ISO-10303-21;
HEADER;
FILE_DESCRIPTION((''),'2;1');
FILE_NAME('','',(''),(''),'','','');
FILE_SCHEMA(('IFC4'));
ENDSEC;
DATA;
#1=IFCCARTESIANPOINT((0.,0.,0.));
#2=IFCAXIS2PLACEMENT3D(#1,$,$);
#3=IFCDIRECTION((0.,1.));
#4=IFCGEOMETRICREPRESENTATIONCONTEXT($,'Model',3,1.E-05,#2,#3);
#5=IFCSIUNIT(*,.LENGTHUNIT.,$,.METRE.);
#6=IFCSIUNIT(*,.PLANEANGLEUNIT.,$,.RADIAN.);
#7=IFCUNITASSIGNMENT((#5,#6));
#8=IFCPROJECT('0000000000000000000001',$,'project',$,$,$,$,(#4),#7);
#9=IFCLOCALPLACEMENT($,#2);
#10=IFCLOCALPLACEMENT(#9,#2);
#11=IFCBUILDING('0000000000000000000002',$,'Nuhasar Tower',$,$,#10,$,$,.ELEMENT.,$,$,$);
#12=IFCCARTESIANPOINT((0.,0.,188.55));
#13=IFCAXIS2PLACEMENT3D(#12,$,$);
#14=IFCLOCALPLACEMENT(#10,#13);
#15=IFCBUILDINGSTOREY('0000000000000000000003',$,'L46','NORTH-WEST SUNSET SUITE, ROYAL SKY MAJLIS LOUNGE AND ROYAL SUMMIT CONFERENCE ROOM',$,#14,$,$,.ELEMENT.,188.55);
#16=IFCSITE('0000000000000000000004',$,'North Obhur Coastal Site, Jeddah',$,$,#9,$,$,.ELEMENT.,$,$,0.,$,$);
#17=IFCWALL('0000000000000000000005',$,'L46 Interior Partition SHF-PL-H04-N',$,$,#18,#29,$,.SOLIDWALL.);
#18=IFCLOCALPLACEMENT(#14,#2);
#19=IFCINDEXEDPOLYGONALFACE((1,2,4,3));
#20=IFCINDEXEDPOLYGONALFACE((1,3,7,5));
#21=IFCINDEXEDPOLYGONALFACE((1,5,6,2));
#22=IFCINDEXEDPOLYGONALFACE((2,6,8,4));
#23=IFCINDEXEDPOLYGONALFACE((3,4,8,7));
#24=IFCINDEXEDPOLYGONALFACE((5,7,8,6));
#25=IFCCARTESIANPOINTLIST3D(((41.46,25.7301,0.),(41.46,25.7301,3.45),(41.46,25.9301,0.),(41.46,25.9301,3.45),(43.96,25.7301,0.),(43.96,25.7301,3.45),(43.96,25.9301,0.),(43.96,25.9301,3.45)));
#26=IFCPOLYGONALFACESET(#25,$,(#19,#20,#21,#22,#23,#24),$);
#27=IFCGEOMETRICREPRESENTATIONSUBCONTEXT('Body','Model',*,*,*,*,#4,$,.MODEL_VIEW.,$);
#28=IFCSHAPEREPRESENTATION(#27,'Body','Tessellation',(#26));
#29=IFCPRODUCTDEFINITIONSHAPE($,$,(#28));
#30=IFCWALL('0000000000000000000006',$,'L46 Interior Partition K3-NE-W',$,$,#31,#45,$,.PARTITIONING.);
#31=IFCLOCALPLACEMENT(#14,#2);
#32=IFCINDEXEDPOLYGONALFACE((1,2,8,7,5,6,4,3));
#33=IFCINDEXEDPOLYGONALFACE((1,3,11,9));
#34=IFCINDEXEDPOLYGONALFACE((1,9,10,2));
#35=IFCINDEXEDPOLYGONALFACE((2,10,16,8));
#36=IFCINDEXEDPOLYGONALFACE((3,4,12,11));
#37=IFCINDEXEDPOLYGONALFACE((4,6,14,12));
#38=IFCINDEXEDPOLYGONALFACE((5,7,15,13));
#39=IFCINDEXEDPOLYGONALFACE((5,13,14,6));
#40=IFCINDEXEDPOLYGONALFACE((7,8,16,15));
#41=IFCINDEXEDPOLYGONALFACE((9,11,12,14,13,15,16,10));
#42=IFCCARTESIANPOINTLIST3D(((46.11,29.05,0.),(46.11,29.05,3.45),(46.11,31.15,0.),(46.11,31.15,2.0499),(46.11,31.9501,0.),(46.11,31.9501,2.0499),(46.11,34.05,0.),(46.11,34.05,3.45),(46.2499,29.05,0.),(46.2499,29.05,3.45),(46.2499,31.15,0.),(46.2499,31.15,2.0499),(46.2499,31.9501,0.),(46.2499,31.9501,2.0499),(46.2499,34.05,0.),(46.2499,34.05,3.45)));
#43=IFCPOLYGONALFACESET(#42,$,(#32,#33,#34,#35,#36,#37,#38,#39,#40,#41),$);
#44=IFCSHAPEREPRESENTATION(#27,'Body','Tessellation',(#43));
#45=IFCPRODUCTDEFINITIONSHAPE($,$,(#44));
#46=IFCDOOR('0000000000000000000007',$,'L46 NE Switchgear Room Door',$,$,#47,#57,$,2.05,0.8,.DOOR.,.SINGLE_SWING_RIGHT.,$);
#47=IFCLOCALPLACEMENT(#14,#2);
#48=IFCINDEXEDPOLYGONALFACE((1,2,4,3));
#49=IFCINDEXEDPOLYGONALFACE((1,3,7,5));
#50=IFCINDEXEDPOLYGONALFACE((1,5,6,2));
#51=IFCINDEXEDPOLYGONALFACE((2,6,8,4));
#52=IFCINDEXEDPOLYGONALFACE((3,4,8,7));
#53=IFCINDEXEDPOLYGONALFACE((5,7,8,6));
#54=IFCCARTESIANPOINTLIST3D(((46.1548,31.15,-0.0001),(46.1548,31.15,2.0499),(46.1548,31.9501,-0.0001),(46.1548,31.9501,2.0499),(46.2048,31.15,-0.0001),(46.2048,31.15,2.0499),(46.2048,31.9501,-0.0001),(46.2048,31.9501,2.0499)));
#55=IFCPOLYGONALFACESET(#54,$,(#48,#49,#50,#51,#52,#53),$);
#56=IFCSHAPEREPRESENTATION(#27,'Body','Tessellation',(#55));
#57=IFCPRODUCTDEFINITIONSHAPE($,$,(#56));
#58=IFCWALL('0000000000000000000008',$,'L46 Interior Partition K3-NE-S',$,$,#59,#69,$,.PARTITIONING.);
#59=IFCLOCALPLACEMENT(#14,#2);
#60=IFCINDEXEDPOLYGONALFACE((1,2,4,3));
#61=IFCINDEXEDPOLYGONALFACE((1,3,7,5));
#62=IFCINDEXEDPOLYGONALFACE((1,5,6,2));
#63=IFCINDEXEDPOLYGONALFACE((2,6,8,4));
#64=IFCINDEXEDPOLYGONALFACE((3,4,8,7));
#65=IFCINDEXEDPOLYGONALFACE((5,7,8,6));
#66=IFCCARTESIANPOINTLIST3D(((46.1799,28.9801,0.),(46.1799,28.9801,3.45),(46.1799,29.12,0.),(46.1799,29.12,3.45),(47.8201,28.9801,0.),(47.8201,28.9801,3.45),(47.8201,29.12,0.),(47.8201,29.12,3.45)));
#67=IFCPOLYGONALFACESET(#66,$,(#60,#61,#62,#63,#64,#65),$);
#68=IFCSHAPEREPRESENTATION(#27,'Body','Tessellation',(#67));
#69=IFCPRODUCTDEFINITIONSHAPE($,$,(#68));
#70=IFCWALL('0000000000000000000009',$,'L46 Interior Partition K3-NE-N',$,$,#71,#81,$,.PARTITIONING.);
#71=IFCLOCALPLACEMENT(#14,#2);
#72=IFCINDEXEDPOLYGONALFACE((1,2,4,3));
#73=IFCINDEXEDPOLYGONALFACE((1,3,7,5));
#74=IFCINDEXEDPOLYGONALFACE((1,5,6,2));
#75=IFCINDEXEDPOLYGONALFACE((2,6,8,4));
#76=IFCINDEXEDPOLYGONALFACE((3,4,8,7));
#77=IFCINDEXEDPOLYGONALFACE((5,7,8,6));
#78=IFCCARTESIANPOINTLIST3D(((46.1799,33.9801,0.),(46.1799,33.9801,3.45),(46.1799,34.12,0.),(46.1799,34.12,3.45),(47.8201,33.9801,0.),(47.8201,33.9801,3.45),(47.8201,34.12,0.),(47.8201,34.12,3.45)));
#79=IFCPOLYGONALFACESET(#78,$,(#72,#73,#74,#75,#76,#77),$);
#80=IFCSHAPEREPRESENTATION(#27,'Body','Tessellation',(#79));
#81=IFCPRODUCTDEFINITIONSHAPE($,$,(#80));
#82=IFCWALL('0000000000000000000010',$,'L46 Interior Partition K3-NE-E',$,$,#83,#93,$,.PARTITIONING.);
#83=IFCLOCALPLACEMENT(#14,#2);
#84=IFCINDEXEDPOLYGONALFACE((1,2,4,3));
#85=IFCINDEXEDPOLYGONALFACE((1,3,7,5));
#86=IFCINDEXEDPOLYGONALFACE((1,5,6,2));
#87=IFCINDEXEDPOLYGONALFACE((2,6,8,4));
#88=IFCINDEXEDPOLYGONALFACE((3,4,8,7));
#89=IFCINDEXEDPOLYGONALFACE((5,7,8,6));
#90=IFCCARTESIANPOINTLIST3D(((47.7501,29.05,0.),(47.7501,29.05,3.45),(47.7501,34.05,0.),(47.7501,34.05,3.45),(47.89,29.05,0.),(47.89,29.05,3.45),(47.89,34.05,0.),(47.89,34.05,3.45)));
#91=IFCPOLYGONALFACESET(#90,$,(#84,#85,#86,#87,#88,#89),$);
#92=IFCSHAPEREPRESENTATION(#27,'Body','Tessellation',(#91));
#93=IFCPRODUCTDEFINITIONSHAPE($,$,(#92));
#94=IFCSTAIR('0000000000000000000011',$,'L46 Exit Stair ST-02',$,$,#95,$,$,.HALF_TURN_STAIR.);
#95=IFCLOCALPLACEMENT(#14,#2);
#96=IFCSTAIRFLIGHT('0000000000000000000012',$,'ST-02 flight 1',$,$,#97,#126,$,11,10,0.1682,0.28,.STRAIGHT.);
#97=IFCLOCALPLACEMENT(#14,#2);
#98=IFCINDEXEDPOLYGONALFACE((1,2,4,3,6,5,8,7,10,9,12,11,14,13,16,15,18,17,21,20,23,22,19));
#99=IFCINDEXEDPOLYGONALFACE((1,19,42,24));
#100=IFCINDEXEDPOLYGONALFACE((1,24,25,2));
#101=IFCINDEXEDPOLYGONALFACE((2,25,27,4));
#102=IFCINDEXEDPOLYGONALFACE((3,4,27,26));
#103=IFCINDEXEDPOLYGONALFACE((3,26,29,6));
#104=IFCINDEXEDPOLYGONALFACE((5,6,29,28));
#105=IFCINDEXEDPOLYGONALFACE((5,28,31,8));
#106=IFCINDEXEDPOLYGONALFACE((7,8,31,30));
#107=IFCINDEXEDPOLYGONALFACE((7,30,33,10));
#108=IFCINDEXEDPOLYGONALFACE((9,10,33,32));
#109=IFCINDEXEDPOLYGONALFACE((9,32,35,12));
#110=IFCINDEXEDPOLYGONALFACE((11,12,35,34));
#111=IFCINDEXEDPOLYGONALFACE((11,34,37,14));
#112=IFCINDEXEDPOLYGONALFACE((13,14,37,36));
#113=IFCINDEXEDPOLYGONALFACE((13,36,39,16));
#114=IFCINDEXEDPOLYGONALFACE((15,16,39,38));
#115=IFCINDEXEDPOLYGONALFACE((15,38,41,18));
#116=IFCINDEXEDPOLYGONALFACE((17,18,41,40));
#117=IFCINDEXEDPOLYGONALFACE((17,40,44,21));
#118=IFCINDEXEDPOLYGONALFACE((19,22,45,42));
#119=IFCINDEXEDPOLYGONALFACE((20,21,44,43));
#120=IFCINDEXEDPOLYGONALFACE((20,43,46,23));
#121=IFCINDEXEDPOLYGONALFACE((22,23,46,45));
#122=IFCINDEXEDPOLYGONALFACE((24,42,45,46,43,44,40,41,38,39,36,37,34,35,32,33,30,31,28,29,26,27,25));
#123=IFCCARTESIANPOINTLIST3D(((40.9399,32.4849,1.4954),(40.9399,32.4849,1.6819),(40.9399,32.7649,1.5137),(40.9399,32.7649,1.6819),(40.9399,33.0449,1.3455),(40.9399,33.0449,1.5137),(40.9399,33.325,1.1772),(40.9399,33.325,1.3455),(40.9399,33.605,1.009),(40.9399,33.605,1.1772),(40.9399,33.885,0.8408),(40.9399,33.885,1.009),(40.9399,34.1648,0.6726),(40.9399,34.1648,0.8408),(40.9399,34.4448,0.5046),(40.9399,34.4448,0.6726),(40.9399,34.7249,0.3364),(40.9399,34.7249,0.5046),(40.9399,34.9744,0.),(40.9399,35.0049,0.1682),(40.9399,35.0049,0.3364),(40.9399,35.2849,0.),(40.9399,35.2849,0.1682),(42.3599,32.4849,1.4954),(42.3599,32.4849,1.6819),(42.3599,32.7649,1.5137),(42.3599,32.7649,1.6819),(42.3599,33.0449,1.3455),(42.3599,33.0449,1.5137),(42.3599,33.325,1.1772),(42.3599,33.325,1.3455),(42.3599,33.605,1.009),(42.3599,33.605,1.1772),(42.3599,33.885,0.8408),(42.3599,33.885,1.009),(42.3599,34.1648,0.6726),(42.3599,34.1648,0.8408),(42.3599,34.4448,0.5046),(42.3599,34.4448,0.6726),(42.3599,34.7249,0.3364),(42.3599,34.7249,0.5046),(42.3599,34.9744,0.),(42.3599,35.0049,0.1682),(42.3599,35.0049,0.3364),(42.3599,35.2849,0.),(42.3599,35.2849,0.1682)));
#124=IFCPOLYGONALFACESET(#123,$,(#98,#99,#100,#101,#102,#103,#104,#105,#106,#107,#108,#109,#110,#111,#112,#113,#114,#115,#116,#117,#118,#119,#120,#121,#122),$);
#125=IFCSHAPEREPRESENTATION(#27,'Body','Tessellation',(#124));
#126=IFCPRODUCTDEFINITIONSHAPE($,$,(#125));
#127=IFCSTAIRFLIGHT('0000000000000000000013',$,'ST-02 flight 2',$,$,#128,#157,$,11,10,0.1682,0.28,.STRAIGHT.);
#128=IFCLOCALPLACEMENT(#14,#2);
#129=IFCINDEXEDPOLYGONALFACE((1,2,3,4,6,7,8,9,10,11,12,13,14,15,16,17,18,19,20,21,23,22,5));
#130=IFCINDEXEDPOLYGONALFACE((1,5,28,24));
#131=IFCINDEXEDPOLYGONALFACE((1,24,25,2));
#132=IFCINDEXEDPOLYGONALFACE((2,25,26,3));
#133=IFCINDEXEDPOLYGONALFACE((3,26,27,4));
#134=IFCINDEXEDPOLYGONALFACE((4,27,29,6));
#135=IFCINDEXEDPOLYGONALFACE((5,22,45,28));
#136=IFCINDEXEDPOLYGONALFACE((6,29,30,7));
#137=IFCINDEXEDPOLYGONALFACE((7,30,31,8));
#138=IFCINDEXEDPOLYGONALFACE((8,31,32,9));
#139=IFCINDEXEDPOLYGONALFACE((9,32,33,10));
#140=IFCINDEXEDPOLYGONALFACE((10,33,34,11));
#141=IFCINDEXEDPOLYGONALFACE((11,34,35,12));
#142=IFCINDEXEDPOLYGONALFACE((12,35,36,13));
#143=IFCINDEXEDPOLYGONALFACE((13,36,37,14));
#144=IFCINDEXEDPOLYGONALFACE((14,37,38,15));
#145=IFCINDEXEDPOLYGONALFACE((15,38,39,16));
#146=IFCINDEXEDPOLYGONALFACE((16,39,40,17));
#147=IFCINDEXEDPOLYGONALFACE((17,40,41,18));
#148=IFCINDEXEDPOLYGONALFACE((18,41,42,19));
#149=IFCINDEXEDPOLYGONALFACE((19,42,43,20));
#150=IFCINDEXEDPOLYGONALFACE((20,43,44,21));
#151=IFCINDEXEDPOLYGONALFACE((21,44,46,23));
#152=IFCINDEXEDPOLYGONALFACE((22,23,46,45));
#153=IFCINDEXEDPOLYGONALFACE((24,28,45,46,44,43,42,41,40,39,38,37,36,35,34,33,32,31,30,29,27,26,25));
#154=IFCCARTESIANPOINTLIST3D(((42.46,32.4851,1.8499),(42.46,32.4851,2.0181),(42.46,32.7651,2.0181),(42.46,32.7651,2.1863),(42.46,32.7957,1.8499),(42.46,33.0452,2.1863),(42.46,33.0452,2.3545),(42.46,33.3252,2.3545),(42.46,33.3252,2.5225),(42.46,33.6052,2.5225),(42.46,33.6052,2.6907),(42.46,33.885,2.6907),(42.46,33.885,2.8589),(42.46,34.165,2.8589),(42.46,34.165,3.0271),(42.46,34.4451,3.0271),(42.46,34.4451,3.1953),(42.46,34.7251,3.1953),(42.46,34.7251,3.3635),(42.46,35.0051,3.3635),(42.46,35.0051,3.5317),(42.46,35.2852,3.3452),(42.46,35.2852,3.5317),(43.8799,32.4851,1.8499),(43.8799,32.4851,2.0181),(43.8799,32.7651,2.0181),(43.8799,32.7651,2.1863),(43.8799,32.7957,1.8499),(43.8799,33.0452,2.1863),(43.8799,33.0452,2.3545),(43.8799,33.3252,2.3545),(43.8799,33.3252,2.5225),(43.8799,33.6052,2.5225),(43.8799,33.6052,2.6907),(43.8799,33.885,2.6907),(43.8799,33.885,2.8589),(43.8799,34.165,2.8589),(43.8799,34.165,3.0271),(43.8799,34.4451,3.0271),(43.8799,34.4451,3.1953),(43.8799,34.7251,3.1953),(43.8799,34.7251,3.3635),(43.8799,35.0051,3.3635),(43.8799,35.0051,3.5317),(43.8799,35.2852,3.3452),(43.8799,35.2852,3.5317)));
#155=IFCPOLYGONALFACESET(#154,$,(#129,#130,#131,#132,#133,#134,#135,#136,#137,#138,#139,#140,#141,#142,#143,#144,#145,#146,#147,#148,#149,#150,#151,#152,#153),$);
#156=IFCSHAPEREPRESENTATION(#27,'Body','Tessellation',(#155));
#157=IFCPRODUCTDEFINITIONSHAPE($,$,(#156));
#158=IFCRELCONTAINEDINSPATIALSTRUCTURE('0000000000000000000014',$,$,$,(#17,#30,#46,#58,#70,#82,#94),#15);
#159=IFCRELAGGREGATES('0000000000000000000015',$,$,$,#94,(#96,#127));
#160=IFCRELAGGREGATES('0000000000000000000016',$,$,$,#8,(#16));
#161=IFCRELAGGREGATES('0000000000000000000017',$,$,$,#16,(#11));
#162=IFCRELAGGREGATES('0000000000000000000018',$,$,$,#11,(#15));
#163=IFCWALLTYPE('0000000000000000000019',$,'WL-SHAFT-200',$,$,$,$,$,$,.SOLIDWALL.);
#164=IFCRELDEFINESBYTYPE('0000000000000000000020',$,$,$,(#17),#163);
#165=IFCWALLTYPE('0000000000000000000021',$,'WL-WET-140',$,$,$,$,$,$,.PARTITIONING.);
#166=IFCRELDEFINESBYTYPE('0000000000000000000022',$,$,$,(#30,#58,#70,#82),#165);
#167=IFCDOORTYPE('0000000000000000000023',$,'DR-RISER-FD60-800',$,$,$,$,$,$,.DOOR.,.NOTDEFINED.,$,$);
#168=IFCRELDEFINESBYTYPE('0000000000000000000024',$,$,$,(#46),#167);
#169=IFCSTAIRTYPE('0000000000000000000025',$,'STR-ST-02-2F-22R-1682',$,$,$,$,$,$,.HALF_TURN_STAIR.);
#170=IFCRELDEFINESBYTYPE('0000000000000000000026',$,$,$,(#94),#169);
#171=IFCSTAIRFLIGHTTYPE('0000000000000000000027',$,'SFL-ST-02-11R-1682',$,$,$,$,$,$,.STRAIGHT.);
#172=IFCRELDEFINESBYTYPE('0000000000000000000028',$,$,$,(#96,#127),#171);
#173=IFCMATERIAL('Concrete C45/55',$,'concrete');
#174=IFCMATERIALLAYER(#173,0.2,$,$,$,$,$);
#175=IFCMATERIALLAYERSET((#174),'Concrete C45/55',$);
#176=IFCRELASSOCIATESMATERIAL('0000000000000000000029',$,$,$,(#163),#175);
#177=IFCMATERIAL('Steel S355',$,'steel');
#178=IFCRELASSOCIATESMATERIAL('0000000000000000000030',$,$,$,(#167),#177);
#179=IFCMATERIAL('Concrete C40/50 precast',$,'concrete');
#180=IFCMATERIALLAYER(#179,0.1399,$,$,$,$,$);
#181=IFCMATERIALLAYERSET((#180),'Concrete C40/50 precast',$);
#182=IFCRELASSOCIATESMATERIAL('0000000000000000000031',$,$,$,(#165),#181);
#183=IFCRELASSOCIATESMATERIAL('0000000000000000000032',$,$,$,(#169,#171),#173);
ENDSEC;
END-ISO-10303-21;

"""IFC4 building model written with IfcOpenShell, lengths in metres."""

from ifc_helpers import new_model, si_unit, direction, frame, frame_2d, origin, place, context, subcontext, project, spatial, polyline, rectangle, outline, extrude, material, layer, layer_set, type_object, element, fill, aggregate, save


model = new_model("IFC4")

# Units and contexts
model_context = context("Model", 3, precision=1e-05, world=origin(), true_north=direction((0.0, 1.0)))
body_context = subcontext(model_context, "Body", "Model", "MODEL_VIEW")
ifc_project = project(units=[si_unit("LENGTHUNIT", "METRE"), si_unit("PLANEANGLEUNIT", "RADIAN")], contexts=[model_context])

# Site, building, storey
site_placement = place(None, origin())
site = spatial("IfcSite", under=ifc_project, at=site_placement, Name="North Obhur Coastal Site, Jeddah", CompositionType="ELEMENT", RefElevation=0.0)
building_placement = place(site_placement, origin())
building = spatial("IfcBuilding", under=site, at=building_placement, Name="Nuhasar Tower", CompositionType="ELEMENT")
storey_placement = place(building_placement, frame((0.0, 0.0, 188.55)))
storey = spatial("IfcBuildingStorey", under=building, at=storey_placement, Name="L46", Description="NORTH-WEST SUNSET SUITE, ROYAL SKY MAJLIS LOUNGE AND ROYAL SUMMIT CONFERENCE ROOM", CompositionType="ELEMENT", Elevation=188.55)

# Shared definitions
ifc_material_1 = material(Name="Steel S355", Category="steel")

# Shared definitions
ifc_material_2 = material(Name="Concrete C45/55", Category="concrete")
ifc_layer_1 = layer(ifc_material_2, 0.2)
ifc_layer_set_1 = layer_set([ifc_layer_1], Name="Concrete C45/55")
wall_type_1 = type_object("IfcWallType", Name="WL-SHAFT-200", PredefinedType="SOLIDWALL", material=ifc_layer_set_1)

# Shared definitions
door_type = type_object("IfcDoorType", Name="DR-RISER-FD60-800", OperationType="NOTDEFINED", PredefinedType="DOOR", material=ifc_material_1)

# Wall
for number, where, z_axis, x_axis, name in (
    (1, (41.46, 25.8301, 0.0), (0.0, 0.0, 1.0), (1.0, 0.0, 0.0), "L46 Interior Partition SHF-PL-H04-N"),
):
    element("IfcWall", number, at=place(storey_placement, frame(where, z_axis=z_axis, x_axis=x_axis)), inside=storey, type_object=wall_type_1, Name=name, PredefinedType="SOLIDWALL", context=body_context, shape_type="SweptSolid", body=[
        extrude(rectangle(XDim=2.5, YDim=0.2, at=frame_2d((1.25, 0.0))), origin(), (0.0, 0.0, 1.0), 3.45),
    ])

# Wall, opening, door
ifc_material_3 = material(Name="Concrete C40/50 precast", Category="concrete")
ifc_layer_2 = layer(ifc_material_3, 0.1399)
ifc_layer_set_2 = layer_set([ifc_layer_2], Name="Concrete C40/50 precast")
wall_type_2 = type_object("IfcWallType", Name="WL-WET-140", PredefinedType="PARTITIONING", material=ifc_layer_set_2)
wall_1_placement = place(storey_placement, frame((46.1799, 34.05, 0.0), z_axis=(0.0, 0.0, 1.0), x_axis=(0.0, -1.0, 0.0)))
wall_1 = element("IfcWall", 2, at=wall_1_placement, inside=storey, type_object=wall_type_2, Name="L46 Interior Partition K3-NE-W", PredefinedType="PARTITIONING", context=body_context, shape_type="SweptSolid", body=[
    extrude(rectangle(XDim=5.0, YDim=0.1399, at=frame_2d((2.5, 0.0))), origin(), (0.0, 0.0, 1.0), 3.45),
])
opening_1_placement = place(wall_1_placement, frame((2.1001, 0.0, 0.0)))
opening_1 = element("IfcOpeningElement", 3, at=opening_1_placement, cuts=wall_1, PredefinedType="OPENING", context=body_context, shape_type="SweptSolid", body=[
    extrude(rectangle(XDim=0.8, YDim=2.05, at=frame_2d((0.3999, 1.0249))), frame((0.0, 0.0801, 0.0), z_axis=(0.0, -1.0, 0.0), x_axis=(1.0, 0.0, 0.0)), (0.0, 0.0, 1.0), 0.1599),
])
door_1_placement = place(opening_1_placement, origin())
door_1 = element("IfcDoor", 4, at=door_1_placement, inside=storey, type_object=door_type, Name="L46 NE Switchgear Room Door", OperationType="SINGLE_SWING_RIGHT", OverallHeight=2.05, OverallWidth=0.8, PredefinedType="DOOR", context=body_context, shape_type="SweptSolid", body=[
    extrude(rectangle(XDim=0.8, YDim=2.05, at=frame_2d((0.3999, 1.0249))), frame((0.0, 0.0249, 0.0), z_axis=(0.0, -1.0, 0.0), x_axis=(1.0, 0.0, 0.0)), (0.0, 0.0, 1.0), 0.05),
])
fill(opening_1, door_1)

# Walls
for number, where, z_axis, x_axis, name in (
    (5, (46.1799, 29.05, 0.0), (0.0, 0.0, 1.0), (1.0, 0.0, 0.0), "L46 Interior Partition K3-NE-S"),
    (6, (46.1799, 34.05, 0.0), (0.0, 0.0, 1.0), (1.0, 0.0, 0.0), "L46 Interior Partition K3-NE-N"),
):
    element("IfcWall", number, at=place(storey_placement, frame(where, z_axis=z_axis, x_axis=x_axis)), inside=storey, type_object=wall_type_2, Name=name, PredefinedType="PARTITIONING", context=body_context, shape_type="SweptSolid", body=[
        extrude(rectangle(XDim=1.6401, YDim=0.1399, at=frame_2d((0.8201, 0.0))), origin(), (0.0, 0.0, 1.0), 3.45),
    ])
wall_2_placement = place(storey_placement, frame((47.8201, 29.05, 0.0), z_axis=(0.0, 0.0, 1.0), x_axis=(0.0, 1.0, 0.0)))
element("IfcWall", 7, at=wall_2_placement, inside=storey, type_object=wall_type_2, Name="L46 Interior Partition K3-NE-E", PredefinedType="PARTITIONING", context=body_context, shape_type="SweptSolid", body=[
    extrude(rectangle(XDim=5.0, YDim=0.1399, at=frame_2d((2.5, 0.0))), origin(), (0.0, 0.0, 1.0), 3.45),
])

# Stair, stair flights
stair_type_1 = type_object("IfcStairType", Name="STR-ST-02-2F-22R-1682", PredefinedType="HALF_TURN_STAIR", material=ifc_material_2)
stair_1_placement = place(storey_placement, origin())
stair_1 = element("IfcStair", 8, at=stair_1_placement, inside=storey, type_object=stair_type_1, Name="L46 Exit Stair ST-02", PredefinedType="HALF_TURN_STAIR")
stair_flight_type_1 = type_object("IfcStairFlightType", Name="SFL-ST-02-11R-1682", PredefinedType="STRAIGHT", material=ifc_material_2)
stair_flight_1_placement = place(storey_placement, frame((41.6499, 35.2849, 0.0), z_axis=(0.0, 0.0, 1.0), x_axis=(0.0, -1.0, 0.0)))
stair_flight_1 = element("IfcStairFlight", 9, at=stair_flight_1_placement, type_object=stair_flight_type_1, Name="ST-02 flight 1", NumberOfRisers=11, NumberOfTreads=10, PredefinedType="STRAIGHT", RiserHeight=0.1682, TreadLength=0.28, context=body_context, shape_type="SweptSolid", body=[
    extrude(outline(polyline([(0.0, 0.0), (0.0, 0.1682), (0.28, 0.1682), (0.28, 0.3364), (0.5601, 0.3364), (0.5601, 0.5046), (0.8401, 0.5046), (0.8401, 0.6726), (1.1201, 0.6726), (1.1201, 0.8408), (1.3999, 0.8408), (1.3999, 1.009), (1.6799, 1.009), (1.6799, 1.1772), (1.96, 1.1772), (1.96, 1.3455), (2.24, 1.3455), (2.24, 1.5137), (2.52, 1.5137), (2.52, 1.6819), (2.8, 1.6819), (2.8, 1.8501), (2.8, 1.4954), (0.3105, 0.0), (0.0, 0.0)])), frame((0.0, 0.71, 0.0), z_axis=(0.0, -1.0, 0.0), x_axis=(1.0, 0.0, 0.0)), (0.0, 0.0, 1.0), 1.4199),
])
stair_flight_2_placement = place(storey_placement, frame((43.1699, 32.4851, 1.8499), z_axis=(0.0, 0.0, 1.0), x_axis=(0.0, 1.0, 0.0)))
stair_flight_2 = element("IfcStairFlight", 10, at=stair_flight_2_placement, type_object=stair_flight_type_1, Name="ST-02 flight 2", NumberOfRisers=11, NumberOfTreads=10, PredefinedType="STRAIGHT", RiserHeight=0.1682, TreadLength=0.28, context=body_context, shape_type="SweptSolid", body=[
    extrude(outline(polyline([(0.0, 0.0), (0.0, 0.1682), (0.28, 0.1682), (0.28, 0.3364), (0.5601, 0.3364), (0.5601, 0.5046), (0.8401, 0.5046), (0.8401, 0.6726), (1.1201, 0.6726), (1.1201, 0.8408), (1.3999, 0.8408), (1.3999, 1.009), (1.6799, 1.009), (1.6799, 1.1772), (1.96, 1.1772), (1.96, 1.3455), (2.24, 1.3455), (2.24, 1.5137), (2.52, 1.5137), (2.52, 1.6819), (2.8, 1.6819), (2.8, 1.8501), (2.8, 1.4954), (0.3105, 0.0), (0.0, 0.0)])), frame((0.0, 0.71, 0.0), z_axis=(0.0, -1.0, 0.0), x_axis=(1.0, 0.0, 0.0)), (0.0, 0.0, 1.0), 1.4199),
])
aggregate(stair_1, [stair_flight_1, stair_flight_2])

save(model, "model.ifc")
